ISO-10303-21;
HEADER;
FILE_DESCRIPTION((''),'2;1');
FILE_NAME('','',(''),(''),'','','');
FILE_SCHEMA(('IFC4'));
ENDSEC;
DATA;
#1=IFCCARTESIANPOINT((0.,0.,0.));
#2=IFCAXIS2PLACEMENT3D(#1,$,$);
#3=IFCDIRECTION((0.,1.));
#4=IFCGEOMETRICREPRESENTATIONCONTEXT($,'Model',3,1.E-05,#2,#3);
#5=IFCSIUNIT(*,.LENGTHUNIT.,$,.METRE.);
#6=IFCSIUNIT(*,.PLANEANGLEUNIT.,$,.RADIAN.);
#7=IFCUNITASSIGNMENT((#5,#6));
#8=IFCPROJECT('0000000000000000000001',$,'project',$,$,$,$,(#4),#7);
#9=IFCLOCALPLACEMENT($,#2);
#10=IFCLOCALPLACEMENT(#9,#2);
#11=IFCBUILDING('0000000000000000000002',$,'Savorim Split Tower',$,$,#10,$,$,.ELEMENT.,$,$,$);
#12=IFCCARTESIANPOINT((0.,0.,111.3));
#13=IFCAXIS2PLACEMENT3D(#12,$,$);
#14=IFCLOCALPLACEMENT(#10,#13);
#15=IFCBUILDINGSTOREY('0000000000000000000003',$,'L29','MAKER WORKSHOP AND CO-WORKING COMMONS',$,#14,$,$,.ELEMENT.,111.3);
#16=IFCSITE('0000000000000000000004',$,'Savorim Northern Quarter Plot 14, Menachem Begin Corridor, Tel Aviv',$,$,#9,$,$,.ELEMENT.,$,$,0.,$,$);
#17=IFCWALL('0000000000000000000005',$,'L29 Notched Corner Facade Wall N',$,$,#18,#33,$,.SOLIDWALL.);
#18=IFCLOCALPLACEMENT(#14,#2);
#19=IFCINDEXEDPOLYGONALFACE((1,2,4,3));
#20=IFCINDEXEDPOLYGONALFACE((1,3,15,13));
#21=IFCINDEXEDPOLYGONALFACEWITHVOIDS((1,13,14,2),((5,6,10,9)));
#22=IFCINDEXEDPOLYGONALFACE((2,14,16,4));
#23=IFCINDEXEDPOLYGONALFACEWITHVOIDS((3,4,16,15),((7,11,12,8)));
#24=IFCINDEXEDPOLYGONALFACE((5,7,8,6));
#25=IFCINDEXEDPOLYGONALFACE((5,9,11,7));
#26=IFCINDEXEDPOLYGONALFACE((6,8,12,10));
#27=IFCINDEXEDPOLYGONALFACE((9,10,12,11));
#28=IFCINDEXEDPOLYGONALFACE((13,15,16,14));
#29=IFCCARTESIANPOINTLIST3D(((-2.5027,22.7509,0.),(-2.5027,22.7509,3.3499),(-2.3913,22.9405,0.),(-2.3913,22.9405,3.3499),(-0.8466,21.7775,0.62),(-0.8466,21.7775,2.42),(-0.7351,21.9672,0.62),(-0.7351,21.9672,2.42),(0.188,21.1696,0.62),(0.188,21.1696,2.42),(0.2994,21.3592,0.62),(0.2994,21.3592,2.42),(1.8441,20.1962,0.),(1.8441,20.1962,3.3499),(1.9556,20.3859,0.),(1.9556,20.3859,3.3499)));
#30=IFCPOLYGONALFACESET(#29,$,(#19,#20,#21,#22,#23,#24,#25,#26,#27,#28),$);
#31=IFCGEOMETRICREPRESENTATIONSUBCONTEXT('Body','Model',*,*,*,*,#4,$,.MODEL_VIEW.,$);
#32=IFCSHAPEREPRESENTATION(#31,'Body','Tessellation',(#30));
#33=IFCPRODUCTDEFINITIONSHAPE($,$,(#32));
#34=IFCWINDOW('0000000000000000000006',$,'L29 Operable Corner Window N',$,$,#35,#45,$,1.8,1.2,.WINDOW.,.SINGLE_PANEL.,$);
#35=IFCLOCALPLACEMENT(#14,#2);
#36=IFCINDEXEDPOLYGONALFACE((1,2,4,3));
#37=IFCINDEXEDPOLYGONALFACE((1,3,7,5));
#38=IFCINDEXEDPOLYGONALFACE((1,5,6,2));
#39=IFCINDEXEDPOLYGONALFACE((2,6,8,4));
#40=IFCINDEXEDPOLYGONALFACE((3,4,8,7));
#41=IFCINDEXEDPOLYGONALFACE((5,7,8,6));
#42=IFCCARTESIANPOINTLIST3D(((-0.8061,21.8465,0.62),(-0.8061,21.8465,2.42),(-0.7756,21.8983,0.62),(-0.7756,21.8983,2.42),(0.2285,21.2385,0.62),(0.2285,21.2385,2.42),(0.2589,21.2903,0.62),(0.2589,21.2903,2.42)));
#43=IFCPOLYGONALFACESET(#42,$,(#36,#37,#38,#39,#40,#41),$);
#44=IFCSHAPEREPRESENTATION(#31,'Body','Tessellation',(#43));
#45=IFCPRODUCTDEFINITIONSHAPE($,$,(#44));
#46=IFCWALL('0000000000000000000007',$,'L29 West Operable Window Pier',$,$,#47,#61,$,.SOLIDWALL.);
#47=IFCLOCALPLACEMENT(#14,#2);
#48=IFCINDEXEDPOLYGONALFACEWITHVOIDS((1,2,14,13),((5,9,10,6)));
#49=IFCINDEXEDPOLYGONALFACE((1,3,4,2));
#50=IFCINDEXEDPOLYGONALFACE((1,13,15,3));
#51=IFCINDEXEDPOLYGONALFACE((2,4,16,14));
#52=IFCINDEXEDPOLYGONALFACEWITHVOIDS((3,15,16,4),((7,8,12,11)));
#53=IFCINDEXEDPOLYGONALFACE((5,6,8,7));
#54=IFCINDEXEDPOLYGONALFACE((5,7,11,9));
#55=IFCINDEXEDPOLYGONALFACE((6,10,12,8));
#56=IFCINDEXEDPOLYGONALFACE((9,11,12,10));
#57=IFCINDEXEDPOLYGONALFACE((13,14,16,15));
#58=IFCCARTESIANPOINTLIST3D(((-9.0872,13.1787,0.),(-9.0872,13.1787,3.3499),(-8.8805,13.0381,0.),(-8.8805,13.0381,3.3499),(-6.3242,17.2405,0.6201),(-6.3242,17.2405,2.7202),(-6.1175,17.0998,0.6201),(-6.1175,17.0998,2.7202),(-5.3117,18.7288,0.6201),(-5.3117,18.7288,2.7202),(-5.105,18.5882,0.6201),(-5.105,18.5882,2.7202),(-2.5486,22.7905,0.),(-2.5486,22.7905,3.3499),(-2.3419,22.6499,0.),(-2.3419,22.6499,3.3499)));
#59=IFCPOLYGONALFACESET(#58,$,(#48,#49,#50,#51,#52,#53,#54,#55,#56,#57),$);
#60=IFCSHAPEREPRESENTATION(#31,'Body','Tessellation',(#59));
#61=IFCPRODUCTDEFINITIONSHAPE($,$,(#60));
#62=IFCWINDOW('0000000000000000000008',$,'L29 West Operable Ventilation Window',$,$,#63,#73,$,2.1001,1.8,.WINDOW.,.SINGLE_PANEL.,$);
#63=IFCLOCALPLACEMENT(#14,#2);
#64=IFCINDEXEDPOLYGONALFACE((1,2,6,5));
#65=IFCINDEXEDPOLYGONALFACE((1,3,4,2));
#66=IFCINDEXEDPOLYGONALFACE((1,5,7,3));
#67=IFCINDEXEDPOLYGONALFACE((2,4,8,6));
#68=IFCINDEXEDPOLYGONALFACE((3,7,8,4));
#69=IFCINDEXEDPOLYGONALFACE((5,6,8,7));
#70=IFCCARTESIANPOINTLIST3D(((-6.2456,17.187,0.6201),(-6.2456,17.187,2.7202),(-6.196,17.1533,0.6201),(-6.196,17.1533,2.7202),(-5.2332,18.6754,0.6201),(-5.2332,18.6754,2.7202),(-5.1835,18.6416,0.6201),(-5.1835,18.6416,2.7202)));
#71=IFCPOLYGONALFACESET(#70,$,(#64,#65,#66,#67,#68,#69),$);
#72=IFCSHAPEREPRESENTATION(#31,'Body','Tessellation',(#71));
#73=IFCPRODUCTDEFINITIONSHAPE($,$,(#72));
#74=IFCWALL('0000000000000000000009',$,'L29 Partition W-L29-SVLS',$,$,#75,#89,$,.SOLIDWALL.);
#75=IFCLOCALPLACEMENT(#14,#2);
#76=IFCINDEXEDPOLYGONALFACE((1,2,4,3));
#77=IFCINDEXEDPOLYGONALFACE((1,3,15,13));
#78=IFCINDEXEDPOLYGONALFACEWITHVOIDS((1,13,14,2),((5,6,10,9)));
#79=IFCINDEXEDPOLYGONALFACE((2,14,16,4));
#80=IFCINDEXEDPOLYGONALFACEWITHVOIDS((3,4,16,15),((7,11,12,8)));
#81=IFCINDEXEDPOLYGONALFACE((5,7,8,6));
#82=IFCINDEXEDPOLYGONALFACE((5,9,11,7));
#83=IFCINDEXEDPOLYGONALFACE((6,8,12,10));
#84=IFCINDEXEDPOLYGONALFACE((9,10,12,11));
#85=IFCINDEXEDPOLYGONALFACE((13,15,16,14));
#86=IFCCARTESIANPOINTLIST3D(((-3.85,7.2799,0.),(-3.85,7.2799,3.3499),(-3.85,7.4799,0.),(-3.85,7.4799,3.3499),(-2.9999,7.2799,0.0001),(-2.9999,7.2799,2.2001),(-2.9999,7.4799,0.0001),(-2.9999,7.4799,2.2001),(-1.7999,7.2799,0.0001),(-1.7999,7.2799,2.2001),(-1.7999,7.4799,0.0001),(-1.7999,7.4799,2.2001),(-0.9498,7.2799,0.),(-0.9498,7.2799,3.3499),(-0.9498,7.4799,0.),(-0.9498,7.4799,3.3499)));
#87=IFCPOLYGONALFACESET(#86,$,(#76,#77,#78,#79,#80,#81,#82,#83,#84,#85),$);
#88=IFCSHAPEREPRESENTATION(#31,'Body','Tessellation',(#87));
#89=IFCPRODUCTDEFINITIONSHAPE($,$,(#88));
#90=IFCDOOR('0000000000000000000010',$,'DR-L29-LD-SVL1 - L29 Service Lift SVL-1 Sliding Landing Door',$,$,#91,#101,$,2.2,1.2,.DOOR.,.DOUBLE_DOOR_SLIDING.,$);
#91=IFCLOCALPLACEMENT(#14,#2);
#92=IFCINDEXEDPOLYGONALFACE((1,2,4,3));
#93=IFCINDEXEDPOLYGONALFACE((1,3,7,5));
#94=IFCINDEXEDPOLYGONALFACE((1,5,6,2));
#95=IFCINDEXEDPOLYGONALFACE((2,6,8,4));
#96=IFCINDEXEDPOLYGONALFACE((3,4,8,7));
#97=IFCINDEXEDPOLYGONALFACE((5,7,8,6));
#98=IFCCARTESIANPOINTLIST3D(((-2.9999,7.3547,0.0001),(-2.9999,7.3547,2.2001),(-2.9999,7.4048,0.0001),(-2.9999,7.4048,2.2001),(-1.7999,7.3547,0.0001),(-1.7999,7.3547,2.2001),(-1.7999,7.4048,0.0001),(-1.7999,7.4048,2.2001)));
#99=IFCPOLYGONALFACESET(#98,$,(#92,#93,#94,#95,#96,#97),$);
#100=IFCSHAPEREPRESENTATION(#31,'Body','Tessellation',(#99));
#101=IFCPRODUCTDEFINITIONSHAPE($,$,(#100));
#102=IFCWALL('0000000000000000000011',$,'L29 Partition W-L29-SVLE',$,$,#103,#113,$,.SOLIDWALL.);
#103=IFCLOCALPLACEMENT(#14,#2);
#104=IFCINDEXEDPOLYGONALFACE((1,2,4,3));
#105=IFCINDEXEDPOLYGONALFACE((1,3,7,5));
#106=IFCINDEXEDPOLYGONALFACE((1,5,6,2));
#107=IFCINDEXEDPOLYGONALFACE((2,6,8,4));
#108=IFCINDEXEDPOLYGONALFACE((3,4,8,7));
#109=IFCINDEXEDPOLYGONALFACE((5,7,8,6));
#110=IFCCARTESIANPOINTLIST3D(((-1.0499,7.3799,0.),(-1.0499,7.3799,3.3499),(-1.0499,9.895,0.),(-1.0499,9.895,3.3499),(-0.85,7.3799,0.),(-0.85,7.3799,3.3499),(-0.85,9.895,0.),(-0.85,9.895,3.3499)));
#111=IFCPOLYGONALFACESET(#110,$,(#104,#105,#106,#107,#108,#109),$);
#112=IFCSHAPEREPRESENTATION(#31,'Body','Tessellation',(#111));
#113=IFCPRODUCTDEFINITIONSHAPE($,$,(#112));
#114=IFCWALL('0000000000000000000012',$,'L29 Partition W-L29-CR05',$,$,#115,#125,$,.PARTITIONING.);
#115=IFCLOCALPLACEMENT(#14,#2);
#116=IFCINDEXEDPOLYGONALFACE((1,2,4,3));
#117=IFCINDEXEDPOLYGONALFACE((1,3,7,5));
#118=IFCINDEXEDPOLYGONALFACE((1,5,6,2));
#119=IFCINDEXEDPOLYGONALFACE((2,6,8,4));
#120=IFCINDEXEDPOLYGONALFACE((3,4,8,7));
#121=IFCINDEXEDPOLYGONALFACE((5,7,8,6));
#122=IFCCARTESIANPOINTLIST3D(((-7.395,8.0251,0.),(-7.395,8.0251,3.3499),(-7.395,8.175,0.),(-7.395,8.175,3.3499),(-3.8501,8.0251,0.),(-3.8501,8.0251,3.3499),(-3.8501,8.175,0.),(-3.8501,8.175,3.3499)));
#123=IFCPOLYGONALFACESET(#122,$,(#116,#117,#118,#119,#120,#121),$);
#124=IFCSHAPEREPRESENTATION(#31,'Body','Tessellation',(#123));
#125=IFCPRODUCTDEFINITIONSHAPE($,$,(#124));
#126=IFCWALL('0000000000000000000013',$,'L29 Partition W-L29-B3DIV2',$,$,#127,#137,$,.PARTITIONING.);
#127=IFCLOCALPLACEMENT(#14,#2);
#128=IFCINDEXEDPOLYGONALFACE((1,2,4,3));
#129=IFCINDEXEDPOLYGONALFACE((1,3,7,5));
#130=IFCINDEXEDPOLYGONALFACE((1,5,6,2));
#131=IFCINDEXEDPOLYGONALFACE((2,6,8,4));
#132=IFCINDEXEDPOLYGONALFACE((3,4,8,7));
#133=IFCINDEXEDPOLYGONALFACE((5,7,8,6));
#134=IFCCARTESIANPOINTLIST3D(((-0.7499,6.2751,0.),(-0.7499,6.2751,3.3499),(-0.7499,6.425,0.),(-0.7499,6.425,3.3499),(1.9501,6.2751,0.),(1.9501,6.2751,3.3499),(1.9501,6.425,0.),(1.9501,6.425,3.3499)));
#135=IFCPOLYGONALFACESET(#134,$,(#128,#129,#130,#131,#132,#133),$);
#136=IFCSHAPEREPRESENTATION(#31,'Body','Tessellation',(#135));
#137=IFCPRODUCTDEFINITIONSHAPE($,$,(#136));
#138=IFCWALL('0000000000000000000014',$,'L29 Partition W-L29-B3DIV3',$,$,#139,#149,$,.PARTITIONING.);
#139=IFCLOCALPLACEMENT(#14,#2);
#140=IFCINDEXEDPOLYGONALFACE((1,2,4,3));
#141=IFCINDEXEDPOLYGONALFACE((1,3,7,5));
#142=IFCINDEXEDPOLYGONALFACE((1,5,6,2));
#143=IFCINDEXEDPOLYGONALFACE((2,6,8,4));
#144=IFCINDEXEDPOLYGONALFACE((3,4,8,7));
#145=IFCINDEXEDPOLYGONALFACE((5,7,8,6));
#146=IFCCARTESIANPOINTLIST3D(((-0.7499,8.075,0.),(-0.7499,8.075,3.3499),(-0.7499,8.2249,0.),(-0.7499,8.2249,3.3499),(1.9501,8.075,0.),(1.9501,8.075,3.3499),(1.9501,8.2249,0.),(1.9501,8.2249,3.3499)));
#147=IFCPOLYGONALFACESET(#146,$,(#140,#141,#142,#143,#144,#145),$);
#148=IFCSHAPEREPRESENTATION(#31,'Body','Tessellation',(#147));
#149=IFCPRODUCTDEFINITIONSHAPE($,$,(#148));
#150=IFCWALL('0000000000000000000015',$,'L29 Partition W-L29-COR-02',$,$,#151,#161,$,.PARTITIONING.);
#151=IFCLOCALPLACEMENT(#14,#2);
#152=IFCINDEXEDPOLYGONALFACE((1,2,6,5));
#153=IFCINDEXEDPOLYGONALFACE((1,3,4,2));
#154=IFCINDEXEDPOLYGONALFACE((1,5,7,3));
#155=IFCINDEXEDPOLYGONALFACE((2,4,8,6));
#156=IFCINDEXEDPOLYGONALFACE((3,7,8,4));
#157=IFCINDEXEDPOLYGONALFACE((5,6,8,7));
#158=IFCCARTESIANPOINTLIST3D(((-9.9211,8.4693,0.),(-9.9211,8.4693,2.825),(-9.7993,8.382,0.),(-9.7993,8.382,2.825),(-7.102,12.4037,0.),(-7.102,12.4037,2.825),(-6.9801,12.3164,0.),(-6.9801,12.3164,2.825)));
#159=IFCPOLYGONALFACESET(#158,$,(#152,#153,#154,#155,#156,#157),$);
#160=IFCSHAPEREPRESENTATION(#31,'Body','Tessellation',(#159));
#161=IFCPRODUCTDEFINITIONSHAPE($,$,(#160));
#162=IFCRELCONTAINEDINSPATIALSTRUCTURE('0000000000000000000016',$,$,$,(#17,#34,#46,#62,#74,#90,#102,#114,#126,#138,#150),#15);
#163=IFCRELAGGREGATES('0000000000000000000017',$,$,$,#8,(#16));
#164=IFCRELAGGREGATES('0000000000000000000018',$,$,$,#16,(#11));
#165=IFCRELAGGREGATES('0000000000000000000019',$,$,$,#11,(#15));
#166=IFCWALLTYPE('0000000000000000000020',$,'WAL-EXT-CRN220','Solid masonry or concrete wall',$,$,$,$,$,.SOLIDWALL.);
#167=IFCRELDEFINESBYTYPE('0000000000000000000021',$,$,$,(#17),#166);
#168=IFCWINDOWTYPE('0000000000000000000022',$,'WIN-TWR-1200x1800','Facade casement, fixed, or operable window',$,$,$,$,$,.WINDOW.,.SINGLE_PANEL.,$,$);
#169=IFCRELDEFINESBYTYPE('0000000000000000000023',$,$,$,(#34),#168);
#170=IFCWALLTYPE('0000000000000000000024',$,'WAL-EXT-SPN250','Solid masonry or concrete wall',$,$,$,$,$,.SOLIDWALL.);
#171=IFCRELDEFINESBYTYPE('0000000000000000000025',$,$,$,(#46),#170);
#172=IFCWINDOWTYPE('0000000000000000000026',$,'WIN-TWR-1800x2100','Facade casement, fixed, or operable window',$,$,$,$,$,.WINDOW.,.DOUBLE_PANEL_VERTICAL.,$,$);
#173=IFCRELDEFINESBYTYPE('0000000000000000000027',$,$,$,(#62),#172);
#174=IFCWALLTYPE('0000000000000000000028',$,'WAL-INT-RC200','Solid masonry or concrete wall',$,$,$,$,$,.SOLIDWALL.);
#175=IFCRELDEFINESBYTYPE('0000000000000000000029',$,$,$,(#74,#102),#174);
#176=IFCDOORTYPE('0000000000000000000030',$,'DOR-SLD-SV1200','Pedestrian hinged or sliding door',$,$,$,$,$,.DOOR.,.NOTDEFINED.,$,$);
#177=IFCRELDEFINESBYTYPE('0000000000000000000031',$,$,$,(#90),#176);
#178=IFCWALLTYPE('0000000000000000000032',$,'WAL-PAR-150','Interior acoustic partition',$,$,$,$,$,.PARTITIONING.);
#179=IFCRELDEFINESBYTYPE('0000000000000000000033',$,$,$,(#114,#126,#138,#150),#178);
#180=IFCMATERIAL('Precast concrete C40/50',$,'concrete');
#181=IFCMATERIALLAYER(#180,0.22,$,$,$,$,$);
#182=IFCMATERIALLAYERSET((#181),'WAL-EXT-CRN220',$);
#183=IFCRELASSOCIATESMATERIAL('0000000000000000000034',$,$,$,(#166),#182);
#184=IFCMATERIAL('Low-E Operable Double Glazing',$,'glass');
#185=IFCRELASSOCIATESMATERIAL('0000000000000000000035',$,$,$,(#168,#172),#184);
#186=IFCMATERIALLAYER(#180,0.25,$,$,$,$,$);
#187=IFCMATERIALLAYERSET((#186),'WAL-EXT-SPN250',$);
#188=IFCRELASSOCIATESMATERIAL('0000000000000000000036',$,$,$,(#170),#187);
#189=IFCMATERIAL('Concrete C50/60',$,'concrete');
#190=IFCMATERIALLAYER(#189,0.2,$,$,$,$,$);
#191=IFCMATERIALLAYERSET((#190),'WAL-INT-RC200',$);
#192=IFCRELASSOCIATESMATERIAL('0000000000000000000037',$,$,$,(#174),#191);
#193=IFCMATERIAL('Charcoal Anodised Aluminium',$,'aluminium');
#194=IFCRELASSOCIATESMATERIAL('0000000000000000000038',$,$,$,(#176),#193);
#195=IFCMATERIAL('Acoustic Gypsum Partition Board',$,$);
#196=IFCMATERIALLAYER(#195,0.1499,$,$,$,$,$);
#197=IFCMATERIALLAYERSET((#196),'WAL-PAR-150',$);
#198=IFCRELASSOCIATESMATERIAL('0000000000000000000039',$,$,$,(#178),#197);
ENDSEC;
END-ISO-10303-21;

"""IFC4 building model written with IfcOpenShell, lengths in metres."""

from ifc_helpers import new_model, si_unit, direction, frame, frame_2d, origin, place, context, subcontext, project, spatial, rectangle, extrude, material, layer, layer_set, type_object, element, fill, save


model = new_model("IFC4")

# Units and contexts
model_context = context("Model", 3, precision=1e-05, world=origin(), true_north=direction((0.0, 1.0)))
body_context = subcontext(model_context, "Body", "Model", "MODEL_VIEW")
ifc_project = project(units=[si_unit("LENGTHUNIT", "METRE"), si_unit("PLANEANGLEUNIT", "RADIAN")], contexts=[model_context])

# Site, building, storey
site_placement = place(None, origin())
site = spatial("IfcSite", under=ifc_project, at=site_placement, Name="Savorim Northern Quarter Plot 14, Menachem Begin Corridor, Tel Aviv", CompositionType="ELEMENT", RefElevation=0.0)
building_placement = place(site_placement, origin())
building = spatial("IfcBuilding", under=site, at=building_placement, Name="Savorim Split Tower", CompositionType="ELEMENT")
storey_placement = place(building_placement, frame((0.0, 0.0, 111.3)))
storey = spatial("IfcBuildingStorey", under=building, at=storey_placement, Name="L29", Description="MAKER WORKSHOP AND CO-WORKING COMMONS", CompositionType="ELEMENT", Elevation=111.3)

# Shared definitions
ifc_material_1 = material(Name="Charcoal Anodised Aluminium", Category="aluminium")

# Walls, openings, windows
ifc_material_2 = material(Name="Precast concrete C40/50", Category="concrete")
ifc_layer_1 = layer(ifc_material_2, 0.22)
ifc_layer_set_1 = layer_set([ifc_layer_1], Name="WAL-EXT-CRN220")
wall_type_1 = type_object("IfcWallType", Name="WAL-EXT-CRN220", Description="Solid masonry or concrete wall", PredefinedType="SOLIDWALL", material=ifc_layer_set_1)
wall_1_placement = place(storey_placement, frame((-2.447, 22.8457, 0.0), z_axis=(0.0, 0.0, 1.0), x_axis=(0.862136, -0.506677, 0.0)))
wall_1 = element("IfcWall", 1, at=wall_1_placement, inside=storey, type_object=wall_type_1, Name="L29 Notched Corner Facade Wall N", PredefinedType="SOLIDWALL", context=body_context, shape_type="SweptSolid", body=[
    extrude(rectangle(XDim=5.042, YDim=0.22, at=frame_2d((2.521, 0.0))), origin(), (0.0, 0.0, 1.0), 3.3499),
])
opening_1_placement = place(wall_1_placement, frame((1.9209, 0.0, 0.6201)))
opening_1 = element("IfcOpeningElement", 2, at=opening_1_placement, cuts=wall_1, PredefinedType="OPENING", context=body_context, shape_type="SweptSolid", body=[
    extrude(rectangle(XDim=1.2, YDim=1.8, at=frame_2d((0.6001, 0.8999))), frame((0.0, 0.1199, 0.0), z_axis=(0.0, -1.0, 0.0), x_axis=(1.0, 0.0, 0.0)), (0.0, 0.0, 1.0), 0.24),
])
ifc_material_3 = material(Name="Low-E Operable Double Glazing", Category="glass")
window_type_1 = type_object("IfcWindowType", Name="WIN-TWR-1200x1800", Description="Facade casement, fixed, or operable window", PartitioningType="SINGLE_PANEL", PredefinedType="WINDOW", material=ifc_material_3)
window_1_placement = place(opening_1_placement, origin())
window_1 = element("IfcWindow", 3, at=window_1_placement, inside=storey, type_object=window_type_1, Name="L29 Operable Corner Window N", OverallHeight=1.8, OverallWidth=1.2, PartitioningType="SINGLE_PANEL", PredefinedType="WINDOW", context=body_context, shape_type="SweptSolid", body=[
    extrude(rectangle(XDim=1.2, YDim=1.8, at=frame_2d((0.6001, 0.8999))), frame((0.0, 0.03, 0.0), z_axis=(0.0, -1.0, 0.0), x_axis=(1.0, 0.0, 0.0)), (0.0, 0.0, 1.0), 0.0601),
])
fill(opening_1, window_1)
ifc_layer_2 = layer(ifc_material_2, 0.25)
ifc_layer_set_2 = layer_set([ifc_layer_2], Name="WAL-EXT-SPN250")
wall_type_2 = type_object("IfcWallType", Name="WAL-EXT-SPN250", Description="Solid masonry or concrete wall", PredefinedType="SOLIDWALL", material=ifc_layer_set_2)
wall_2_placement = place(storey_placement, frame((-8.9839, 13.1084, 0.0), z_axis=(0.0, 0.0, 1.0), x_axis=(0.562459, 0.826825, 0.0)))
wall_2 = element("IfcWall", 4, at=wall_2_placement, inside=storey, type_object=wall_type_2, Name="L29 West Operable Window Pier", PredefinedType="SOLIDWALL", context=body_context, shape_type="SweptSolid", body=[
    extrude(rectangle(XDim=11.625, YDim=0.25, at=frame_2d((5.8125, 0.0))), origin(), (0.0, 0.0, 1.0), 3.3499),
])
opening_2_placement = place(wall_2_placement, frame((4.9126, 0.0, 0.6201)))
opening_2 = element("IfcOpeningElement", 5, at=opening_2_placement, cuts=wall_2, PredefinedType="OPENING", context=body_context, shape_type="SweptSolid", body=[
    extrude(rectangle(XDim=1.8, YDim=2.1001, at=frame_2d((0.8999, 1.05))), frame((0.0, 0.135, 0.0), z_axis=(0.0, -1.0, 0.0), x_axis=(1.0, 0.0, 0.0)), (0.0, 0.0, 1.0), 0.27),
])
window_type_2 = type_object("IfcWindowType", Name="WIN-TWR-1800x2100", Description="Facade casement, fixed, or operable window", PartitioningType="DOUBLE_PANEL_VERTICAL", PredefinedType="WINDOW", material=ifc_material_3)
window_2_placement = place(opening_2_placement, origin())
window_2 = element("IfcWindow", 6, at=window_2_placement, inside=storey, type_object=window_type_2, Name="L29 West Operable Ventilation Window", OverallHeight=2.1001, OverallWidth=1.8, PartitioningType="SINGLE_PANEL", PredefinedType="WINDOW", context=body_context, shape_type="SweptSolid", body=[
    extrude(rectangle(XDim=1.8, YDim=2.1001, at=frame_2d((0.8999, 1.05))), frame((0.0, 0.03, 0.0), z_axis=(0.0, -1.0, 0.0), x_axis=(1.0, 0.0, 0.0)), (0.0, 0.0, 1.0), 0.0601),
])
fill(opening_2, window_2)

# Wall, opening, door
ifc_material_4 = material(Name="Concrete C50/60", Category="concrete")
ifc_layer_3 = layer(ifc_material_4, 0.2)
ifc_layer_set_3 = layer_set([ifc_layer_3], Name="WAL-INT-RC200")
wall_type_3 = type_object("IfcWallType", Name="WAL-INT-RC200", Description="Solid masonry or concrete wall", PredefinedType="SOLIDWALL", material=ifc_layer_set_3)
wall_3_placement = place(storey_placement, frame((-3.8501, 7.3799, 0.0), z_axis=(0.0, 0.0, 1.0), x_axis=(1.0, 0.0, 0.0)))
wall_3 = element("IfcWall", 7, at=wall_3_placement, inside=storey, type_object=wall_type_3, Name="L29 Partition W-L29-SVLS", PredefinedType="SOLIDWALL", context=body_context, shape_type="SweptSolid", body=[
    extrude(rectangle(XDim=2.9001, YDim=0.2, at=frame_2d((1.4502, 0.0))), origin(), (0.0, 0.0, 1.0), 3.3499),
])
opening_3_placement = place(wall_3_placement, frame((0.8501, 0.0, 0.0)))
opening_3 = element("IfcOpeningElement", 8, at=opening_3_placement, cuts=wall_3, PredefinedType="OPENING", context=body_context, shape_type="SweptSolid", body=[
    extrude(rectangle(XDim=1.2, YDim=2.2, at=frame_2d((0.6001, 1.1001))), frame((0.0, 0.1099, 0.0), z_axis=(0.0, -1.0, 0.0), x_axis=(1.0, 0.0, 0.0)), (0.0, 0.0, 1.0), 0.22),
])
door_type_1 = type_object("IfcDoorType", Name="DOR-SLD-SV1200", Description="Pedestrian hinged or sliding door", OperationType="NOTDEFINED", PredefinedType="DOOR", material=ifc_material_1)
door_1_placement = place(opening_3_placement, origin())
door_1 = element("IfcDoor", 9, at=door_1_placement, inside=storey, type_object=door_type_1, Name="DR-L29-LD-SVL1 - L29 Service Lift SVL-1 Sliding Landing Door", OperationType="DOUBLE_DOOR_SLIDING", OverallHeight=2.2, OverallWidth=1.2, PredefinedType="DOOR", context=body_context, shape_type="SweptSolid", body=[
    extrude(rectangle(XDim=1.2, YDim=2.2, at=frame_2d((0.6001, 1.1001))), frame((0.0, 0.0249, 0.0), z_axis=(0.0, -1.0, 0.0), x_axis=(1.0, 0.0, 0.0)), (0.0, 0.0, 1.0), 0.05),
])
fill(opening_3, door_1)

# Walls
wall_4_placement = place(storey_placement, frame((-0.95, 7.3799, 0.0), z_axis=(0.0, 0.0, 1.0), x_axis=(0.0, 1.0, 0.0)))
element("IfcWall", 10, at=wall_4_placement, inside=storey, type_object=wall_type_3, Name="L29 Partition W-L29-SVLE", PredefinedType="SOLIDWALL", context=body_context, shape_type="SweptSolid", body=[
    extrude(rectangle(XDim=2.5151, YDim=0.2, at=frame_2d((1.2576, 0.0))), origin(), (0.0, 0.0, 1.0), 3.3499),
])
ifc_material_5 = material(Name="Acoustic Gypsum Partition Board")
ifc_layer_4 = layer(ifc_material_5, 0.1499)
ifc_layer_set_4 = layer_set([ifc_layer_4], Name="WAL-PAR-150")
wall_type_4 = type_object("IfcWallType", Name="WAL-PAR-150", Description="Interior acoustic partition", PredefinedType="PARTITIONING", material=ifc_layer_set_4)
wall_5_placement = place(storey_placement, frame((-7.395, 8.1001, 0.0), z_axis=(0.0, 0.0, 1.0), x_axis=(1.0, 0.0, 0.0)))
element("IfcWall", 11, at=wall_5_placement, inside=storey, type_object=wall_type_4, Name="L29 Partition W-L29-CR05", PredefinedType="PARTITIONING", context=body_context, shape_type="SweptSolid", body=[
    extrude(rectangle(XDim=3.5449, YDim=0.1499, at=frame_2d((1.7725, 0.0))), origin(), (0.0, 0.0, 1.0), 3.3499),
])
for number, where, z_axis, x_axis, name in (
    (12, (-0.75, 6.3501, 0.0), (0.0, 0.0, 1.0), (1.0, 0.0, 0.0), "L29 Partition W-L29-B3DIV2"),
    (13, (-0.75, 8.1499, 0.0), (0.0, 0.0, 1.0), (1.0, 0.0, 0.0), "L29 Partition W-L29-B3DIV3"),
):
    element("IfcWall", number, at=place(storey_placement, frame(where, z_axis=z_axis, x_axis=x_axis)), inside=storey, type_object=wall_type_4, Name=name, PredefinedType="PARTITIONING", context=body_context, shape_type="SweptSolid", body=[
        extrude(rectangle(XDim=2.7, YDim=0.1499, at=frame_2d((1.3501, 0.0))), origin(), (0.0, 0.0, 1.0), 3.3499),
    ])
wall_6_placement = place(storey_placement, frame((-9.8601, 8.4258, 0.0), z_axis=(0.0, 0.0, 1.0), x_axis=(0.58245, 0.812867, 0.0)))
element("IfcWall", 14, at=wall_6_placement, inside=storey, type_object=wall_type_4, Name="L29 Partition W-L29-COR-02", PredefinedType="PARTITIONING", context=body_context, shape_type="SweptSolid", body=[
    extrude(rectangle(XDim=4.8401, YDim=0.1499, at=frame_2d((2.4199, 0.0))), origin(), (0.0, 0.0, 1.0), 2.825),
])

save(model, "model.ifc")
